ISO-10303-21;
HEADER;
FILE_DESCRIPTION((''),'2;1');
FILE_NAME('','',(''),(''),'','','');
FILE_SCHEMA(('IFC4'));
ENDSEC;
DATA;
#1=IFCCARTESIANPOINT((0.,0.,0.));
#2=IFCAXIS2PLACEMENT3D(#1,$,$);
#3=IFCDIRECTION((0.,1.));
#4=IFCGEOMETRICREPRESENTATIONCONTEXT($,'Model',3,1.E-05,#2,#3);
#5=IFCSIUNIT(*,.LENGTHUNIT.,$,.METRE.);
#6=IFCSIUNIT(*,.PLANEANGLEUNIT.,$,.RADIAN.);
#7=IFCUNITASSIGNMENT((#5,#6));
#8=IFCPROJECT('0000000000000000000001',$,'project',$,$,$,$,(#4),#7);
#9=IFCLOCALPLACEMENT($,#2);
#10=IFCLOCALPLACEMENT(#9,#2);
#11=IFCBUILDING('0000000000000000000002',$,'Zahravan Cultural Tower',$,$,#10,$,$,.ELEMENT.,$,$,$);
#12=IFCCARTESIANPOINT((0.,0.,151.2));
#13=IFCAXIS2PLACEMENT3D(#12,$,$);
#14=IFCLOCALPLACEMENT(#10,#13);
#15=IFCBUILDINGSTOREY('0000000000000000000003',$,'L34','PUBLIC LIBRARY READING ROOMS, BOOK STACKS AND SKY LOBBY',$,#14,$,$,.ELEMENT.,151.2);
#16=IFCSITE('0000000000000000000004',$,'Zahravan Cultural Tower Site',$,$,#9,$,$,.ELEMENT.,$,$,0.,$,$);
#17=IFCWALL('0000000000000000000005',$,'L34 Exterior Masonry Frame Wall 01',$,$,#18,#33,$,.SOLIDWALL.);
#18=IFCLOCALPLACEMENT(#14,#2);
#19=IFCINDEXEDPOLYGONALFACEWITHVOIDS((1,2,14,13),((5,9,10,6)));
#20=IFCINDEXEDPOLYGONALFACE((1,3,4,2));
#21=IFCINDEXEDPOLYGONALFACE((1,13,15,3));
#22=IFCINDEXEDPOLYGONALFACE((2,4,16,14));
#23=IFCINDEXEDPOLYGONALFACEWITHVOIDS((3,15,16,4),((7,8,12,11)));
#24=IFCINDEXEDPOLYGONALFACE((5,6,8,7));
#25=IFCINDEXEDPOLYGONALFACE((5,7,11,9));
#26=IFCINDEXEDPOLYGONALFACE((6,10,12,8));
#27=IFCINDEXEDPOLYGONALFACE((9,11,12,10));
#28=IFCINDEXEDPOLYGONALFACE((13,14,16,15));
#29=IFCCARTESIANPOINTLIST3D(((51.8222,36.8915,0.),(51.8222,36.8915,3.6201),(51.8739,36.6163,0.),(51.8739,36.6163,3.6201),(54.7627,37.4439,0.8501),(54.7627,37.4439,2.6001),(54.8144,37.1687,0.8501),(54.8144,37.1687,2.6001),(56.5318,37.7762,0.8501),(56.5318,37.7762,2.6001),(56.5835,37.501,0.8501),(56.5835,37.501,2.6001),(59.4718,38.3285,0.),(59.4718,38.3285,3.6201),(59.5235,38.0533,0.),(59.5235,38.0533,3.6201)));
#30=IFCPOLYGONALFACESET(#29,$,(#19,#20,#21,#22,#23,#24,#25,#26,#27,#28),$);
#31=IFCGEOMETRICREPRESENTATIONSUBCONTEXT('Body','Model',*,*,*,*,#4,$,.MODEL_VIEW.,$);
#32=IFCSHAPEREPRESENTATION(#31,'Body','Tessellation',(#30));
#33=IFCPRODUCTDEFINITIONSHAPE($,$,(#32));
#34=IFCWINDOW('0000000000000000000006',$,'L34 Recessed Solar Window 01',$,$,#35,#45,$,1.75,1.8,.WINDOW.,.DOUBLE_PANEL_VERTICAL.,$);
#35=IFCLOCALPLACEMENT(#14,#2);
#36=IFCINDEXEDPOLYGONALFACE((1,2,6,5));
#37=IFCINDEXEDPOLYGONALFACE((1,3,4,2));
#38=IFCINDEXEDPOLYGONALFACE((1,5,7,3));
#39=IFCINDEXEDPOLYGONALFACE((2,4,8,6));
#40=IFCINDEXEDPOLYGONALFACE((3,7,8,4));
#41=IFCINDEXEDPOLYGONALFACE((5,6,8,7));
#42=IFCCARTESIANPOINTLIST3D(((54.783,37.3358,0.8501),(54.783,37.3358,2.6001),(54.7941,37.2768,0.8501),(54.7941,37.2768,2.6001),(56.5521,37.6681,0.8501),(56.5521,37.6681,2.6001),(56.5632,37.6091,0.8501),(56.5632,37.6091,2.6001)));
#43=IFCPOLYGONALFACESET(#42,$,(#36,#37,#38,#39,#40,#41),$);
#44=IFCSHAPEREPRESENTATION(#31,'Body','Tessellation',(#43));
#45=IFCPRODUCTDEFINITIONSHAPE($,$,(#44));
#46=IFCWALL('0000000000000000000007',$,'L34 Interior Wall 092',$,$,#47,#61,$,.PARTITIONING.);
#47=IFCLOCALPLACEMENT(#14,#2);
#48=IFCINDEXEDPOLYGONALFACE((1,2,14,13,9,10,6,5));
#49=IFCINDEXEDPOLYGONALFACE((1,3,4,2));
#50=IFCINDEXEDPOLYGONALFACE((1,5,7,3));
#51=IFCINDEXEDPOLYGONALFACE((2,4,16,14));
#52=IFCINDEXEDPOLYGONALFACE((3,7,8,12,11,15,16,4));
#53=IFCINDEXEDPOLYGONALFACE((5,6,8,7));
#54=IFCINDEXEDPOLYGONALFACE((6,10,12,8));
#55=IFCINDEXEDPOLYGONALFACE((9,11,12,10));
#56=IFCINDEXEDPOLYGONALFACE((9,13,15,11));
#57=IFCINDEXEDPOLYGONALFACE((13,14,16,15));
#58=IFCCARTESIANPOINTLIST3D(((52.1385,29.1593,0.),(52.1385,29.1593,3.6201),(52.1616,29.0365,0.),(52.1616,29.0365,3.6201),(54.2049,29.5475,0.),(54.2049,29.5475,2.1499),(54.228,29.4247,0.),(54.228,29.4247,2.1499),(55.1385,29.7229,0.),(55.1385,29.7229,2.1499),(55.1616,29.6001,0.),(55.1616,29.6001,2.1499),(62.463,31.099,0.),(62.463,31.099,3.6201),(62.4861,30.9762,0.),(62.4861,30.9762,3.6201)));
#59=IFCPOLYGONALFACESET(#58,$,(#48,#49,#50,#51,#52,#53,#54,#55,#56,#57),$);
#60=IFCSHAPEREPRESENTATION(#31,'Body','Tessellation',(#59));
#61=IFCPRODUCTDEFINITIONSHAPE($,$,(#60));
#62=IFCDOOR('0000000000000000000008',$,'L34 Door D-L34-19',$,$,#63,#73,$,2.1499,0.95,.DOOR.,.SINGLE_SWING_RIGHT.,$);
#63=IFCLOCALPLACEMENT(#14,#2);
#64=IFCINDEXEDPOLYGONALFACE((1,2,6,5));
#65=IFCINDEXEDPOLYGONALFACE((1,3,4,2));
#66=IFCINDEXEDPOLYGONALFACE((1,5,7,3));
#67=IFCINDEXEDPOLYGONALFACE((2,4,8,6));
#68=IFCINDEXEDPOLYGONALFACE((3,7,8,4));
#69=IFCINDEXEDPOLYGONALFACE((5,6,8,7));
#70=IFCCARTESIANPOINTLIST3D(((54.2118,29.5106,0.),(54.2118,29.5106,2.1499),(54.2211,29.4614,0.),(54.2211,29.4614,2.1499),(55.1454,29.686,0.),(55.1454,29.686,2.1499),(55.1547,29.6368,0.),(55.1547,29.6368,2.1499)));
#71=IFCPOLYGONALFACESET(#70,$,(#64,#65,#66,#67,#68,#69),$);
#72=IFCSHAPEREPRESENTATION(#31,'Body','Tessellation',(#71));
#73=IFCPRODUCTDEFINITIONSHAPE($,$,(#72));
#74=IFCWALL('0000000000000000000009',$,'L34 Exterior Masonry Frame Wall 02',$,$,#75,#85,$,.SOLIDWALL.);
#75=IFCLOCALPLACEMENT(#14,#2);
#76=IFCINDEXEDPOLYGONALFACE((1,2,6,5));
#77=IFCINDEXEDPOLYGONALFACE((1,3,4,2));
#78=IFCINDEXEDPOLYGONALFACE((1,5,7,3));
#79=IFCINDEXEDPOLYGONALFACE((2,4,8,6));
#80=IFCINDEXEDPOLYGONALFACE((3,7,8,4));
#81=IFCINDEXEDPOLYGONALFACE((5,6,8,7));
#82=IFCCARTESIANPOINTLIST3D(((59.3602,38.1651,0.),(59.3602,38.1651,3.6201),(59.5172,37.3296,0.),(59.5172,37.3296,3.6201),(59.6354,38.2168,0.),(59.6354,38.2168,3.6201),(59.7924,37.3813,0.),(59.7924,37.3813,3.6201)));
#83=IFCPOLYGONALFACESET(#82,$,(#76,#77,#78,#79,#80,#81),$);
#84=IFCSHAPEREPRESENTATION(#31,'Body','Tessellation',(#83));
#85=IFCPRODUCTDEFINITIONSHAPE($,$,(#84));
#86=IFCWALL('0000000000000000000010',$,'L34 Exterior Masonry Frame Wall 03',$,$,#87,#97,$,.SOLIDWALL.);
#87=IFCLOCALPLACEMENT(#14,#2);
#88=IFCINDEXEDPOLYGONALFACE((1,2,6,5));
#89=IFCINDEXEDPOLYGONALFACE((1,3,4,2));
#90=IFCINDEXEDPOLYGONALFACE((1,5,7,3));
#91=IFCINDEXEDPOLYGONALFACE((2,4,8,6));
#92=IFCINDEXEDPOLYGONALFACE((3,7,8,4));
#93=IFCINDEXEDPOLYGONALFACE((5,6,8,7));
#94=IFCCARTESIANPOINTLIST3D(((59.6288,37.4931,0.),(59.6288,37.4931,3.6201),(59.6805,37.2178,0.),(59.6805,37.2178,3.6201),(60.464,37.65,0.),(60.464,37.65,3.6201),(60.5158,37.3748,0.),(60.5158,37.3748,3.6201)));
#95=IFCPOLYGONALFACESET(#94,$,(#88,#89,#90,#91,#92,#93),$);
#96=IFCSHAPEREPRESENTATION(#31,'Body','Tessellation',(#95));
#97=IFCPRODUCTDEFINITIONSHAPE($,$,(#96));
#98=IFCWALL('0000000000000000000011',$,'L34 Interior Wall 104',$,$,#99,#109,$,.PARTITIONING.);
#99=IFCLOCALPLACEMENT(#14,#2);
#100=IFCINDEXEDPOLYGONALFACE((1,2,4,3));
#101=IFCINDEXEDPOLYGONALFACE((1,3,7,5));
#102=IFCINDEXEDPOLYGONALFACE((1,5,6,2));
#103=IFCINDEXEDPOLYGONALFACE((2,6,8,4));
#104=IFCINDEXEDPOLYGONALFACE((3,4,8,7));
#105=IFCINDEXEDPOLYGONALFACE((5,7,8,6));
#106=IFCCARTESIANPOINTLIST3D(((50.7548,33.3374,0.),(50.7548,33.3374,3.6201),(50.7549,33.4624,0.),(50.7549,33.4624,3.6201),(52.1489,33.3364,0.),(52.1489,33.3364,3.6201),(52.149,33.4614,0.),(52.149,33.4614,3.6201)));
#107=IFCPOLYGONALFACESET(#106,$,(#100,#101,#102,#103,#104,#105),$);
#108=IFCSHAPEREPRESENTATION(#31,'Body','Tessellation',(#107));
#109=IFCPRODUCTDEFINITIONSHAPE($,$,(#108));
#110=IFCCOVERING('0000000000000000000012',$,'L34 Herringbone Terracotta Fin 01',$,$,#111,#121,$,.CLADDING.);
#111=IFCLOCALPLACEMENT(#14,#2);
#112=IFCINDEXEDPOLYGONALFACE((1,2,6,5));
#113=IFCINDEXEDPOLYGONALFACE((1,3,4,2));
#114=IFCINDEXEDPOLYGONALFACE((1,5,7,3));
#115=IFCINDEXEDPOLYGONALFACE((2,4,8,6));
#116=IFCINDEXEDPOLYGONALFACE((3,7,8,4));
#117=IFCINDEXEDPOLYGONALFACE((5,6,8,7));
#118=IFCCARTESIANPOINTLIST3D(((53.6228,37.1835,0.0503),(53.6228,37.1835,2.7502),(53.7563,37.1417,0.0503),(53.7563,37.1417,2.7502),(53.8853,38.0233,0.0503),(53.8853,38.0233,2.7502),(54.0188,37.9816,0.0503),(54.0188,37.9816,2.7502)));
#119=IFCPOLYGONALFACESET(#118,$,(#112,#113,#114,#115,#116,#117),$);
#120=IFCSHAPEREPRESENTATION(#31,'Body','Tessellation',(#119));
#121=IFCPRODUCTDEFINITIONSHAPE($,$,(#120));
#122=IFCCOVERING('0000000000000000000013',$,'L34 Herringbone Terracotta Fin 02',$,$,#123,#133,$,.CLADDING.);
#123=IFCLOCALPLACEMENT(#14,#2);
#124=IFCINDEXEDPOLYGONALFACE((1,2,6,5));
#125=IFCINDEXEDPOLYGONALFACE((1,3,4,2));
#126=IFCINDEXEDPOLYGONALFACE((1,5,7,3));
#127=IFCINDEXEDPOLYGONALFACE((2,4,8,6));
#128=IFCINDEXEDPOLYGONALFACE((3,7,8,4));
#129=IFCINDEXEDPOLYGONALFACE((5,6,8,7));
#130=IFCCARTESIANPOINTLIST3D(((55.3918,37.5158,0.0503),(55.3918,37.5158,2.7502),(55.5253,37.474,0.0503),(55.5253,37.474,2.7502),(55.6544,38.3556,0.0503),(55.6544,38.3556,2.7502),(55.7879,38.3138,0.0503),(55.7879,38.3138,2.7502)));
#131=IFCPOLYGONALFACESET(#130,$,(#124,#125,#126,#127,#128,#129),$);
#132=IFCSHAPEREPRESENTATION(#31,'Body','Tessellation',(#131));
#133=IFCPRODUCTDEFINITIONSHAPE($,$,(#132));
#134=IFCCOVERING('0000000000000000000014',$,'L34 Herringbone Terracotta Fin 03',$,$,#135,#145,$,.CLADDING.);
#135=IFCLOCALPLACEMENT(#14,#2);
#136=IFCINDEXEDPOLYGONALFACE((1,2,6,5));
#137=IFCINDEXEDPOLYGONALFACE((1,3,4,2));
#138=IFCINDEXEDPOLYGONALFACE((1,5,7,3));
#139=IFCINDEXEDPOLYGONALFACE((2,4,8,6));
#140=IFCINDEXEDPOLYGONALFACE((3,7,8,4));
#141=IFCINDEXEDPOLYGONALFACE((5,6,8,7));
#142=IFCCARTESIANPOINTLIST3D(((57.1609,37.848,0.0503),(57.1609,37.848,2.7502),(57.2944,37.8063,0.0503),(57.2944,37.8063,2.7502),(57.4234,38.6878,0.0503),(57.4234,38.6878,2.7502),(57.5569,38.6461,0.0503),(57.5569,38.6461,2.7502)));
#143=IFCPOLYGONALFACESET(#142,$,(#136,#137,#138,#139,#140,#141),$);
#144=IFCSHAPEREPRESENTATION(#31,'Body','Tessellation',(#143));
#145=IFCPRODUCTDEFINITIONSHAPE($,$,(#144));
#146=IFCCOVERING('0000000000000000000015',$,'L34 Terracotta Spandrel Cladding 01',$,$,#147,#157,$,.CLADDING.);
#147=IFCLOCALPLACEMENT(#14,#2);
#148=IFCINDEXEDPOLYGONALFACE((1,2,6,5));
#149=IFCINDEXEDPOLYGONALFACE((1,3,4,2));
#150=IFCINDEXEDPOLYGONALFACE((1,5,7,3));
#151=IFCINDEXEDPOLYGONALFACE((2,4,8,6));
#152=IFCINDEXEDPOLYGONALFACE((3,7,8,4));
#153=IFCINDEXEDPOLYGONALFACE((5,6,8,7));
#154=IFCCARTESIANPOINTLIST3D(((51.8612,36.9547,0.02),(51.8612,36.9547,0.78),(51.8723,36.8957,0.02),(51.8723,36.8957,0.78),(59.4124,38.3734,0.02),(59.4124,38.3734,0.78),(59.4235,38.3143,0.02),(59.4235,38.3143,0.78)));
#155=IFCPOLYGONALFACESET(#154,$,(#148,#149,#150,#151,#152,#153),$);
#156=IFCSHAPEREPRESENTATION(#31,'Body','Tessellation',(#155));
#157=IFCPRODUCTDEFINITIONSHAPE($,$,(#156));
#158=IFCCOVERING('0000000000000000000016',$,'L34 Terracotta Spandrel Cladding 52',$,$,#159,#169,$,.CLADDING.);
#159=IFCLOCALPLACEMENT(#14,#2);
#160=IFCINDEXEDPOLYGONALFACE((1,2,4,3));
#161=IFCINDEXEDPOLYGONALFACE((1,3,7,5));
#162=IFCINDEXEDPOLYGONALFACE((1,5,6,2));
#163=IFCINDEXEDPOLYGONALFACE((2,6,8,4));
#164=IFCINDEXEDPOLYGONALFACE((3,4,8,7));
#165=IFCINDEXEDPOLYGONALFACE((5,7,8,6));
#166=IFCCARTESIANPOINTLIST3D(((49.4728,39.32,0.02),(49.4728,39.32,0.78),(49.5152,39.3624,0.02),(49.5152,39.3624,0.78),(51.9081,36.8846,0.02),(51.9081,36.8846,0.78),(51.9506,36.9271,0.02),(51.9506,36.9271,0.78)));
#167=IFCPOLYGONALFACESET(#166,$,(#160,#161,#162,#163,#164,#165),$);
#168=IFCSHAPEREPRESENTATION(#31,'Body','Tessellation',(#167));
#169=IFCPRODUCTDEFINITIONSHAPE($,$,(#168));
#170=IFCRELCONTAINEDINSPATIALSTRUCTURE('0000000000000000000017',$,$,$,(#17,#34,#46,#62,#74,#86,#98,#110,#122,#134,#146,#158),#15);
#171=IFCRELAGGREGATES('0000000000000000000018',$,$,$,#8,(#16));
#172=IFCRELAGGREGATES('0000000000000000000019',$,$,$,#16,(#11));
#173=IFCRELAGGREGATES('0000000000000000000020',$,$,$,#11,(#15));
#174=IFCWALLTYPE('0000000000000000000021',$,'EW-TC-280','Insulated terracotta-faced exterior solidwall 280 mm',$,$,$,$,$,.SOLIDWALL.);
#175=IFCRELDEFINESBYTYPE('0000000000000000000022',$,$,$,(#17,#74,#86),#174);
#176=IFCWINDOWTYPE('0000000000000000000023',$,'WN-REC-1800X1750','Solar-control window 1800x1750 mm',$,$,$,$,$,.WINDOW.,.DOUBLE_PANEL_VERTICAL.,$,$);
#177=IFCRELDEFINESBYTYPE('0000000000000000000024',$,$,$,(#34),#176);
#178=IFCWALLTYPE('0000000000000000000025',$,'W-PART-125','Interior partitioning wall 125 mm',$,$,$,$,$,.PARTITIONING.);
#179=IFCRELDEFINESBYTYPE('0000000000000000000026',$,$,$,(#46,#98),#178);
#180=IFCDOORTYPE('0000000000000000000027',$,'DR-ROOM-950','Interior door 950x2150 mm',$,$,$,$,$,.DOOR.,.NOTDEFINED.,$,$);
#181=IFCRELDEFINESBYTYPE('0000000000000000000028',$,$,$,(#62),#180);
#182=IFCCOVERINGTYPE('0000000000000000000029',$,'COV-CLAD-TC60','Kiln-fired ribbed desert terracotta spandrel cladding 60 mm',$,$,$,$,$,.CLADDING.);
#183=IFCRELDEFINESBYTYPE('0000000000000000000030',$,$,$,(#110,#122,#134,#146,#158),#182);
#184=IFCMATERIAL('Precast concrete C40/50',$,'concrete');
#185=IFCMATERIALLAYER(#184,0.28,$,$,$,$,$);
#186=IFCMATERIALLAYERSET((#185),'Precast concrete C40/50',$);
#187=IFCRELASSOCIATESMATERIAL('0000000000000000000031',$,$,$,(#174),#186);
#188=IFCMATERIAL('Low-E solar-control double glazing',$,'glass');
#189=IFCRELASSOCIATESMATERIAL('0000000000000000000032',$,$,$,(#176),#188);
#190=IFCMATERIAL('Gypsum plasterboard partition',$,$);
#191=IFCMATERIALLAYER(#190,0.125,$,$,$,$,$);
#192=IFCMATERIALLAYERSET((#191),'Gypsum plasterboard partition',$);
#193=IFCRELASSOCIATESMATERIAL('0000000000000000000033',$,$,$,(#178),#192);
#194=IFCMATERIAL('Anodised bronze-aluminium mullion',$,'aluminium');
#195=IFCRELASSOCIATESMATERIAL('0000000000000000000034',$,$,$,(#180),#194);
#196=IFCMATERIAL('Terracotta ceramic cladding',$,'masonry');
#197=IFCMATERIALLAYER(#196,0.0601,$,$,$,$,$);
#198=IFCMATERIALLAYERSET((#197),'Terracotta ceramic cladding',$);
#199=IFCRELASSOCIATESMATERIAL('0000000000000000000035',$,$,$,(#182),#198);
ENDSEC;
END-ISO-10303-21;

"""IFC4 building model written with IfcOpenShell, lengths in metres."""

from ifc_helpers import new_model, si_unit, direction, frame, frame_2d, origin, origin_2d, place, context, subcontext, project, spatial, rectangle, extrude, source, transform, mapped, material, layer, layer_set, type_object, element, fill, save


model = new_model("IFC4")

# Units and contexts
model_context = context("Model", 3, precision=1e-05, world=origin(), true_north=direction((0.0, 1.0)))
body_context = subcontext(model_context, "Body", "Model", "MODEL_VIEW")
ifc_project = project(units=[si_unit("LENGTHUNIT", "METRE"), si_unit("PLANEANGLEUNIT", "RADIAN")], contexts=[model_context])

# Site, building, storey
site_placement = place(None, origin())
site = spatial("IfcSite", under=ifc_project, at=site_placement, Name="Zahravan Cultural Tower Site", CompositionType="ELEMENT", RefElevation=0.0)
building_placement = place(site_placement, origin())
building = spatial("IfcBuilding", under=site, at=building_placement, Name="Zahravan Cultural Tower", CompositionType="ELEMENT")
storey_placement = place(building_placement, frame((0.0, 0.0, 151.2)))
storey = spatial("IfcBuildingStorey", under=building, at=storey_placement, Name="L34", Description="PUBLIC LIBRARY READING ROOMS, BOOK STACKS AND SKY LOBBY", CompositionType="ELEMENT", Elevation=151.2)

# Wall, opening, window
ifc_material_1 = material(Name="Precast concrete C40/50", Category="concrete")
ifc_layer_1 = layer(ifc_material_1, 0.28)
ifc_layer_set_1 = layer_set([ifc_layer_1], Name="Precast concrete C40/50")
wall_type_1 = type_object("IfcWallType", Name="EW-TC-280", Description="Insulated terracotta-faced exterior solidwall 280 mm", PredefinedType="SOLIDWALL", material=ifc_layer_set_1)
wall_1_placement = place(storey_placement, frame((51.8481, 36.7539, 0.0), z_axis=(0.0, 0.0, 1.0), x_axis=(0.982809, 0.184624, 0.0)))
wall_1 = element("IfcWall", 1, at=wall_1_placement, inside=storey, type_object=wall_type_1, Name="L34 Exterior Masonry Frame Wall 01", PredefinedType="SOLIDWALL", context=body_context, shape_type="SweptSolid", body=[
    extrude(rectangle(XDim=7.7834, YDim=0.28, at=frame_2d((3.8916, 0.0))), origin(), (0.0, 0.0, 1.0), 3.6201),
])
opening_1_placement = place(wall_1_placement, frame((2.9919, 0.0, 0.8501)))
opening_1 = element("IfcOpeningElement", 2, at=opening_1_placement, cuts=wall_1, PredefinedType="OPENING", context=body_context, shape_type="SweptSolid", body=[
    extrude(rectangle(XDim=1.8, YDim=1.75, at=frame_2d((0.8999, 0.875))), frame((0.0, 0.1499, 0.0), z_axis=(0.0, -1.0, 0.0), x_axis=(1.0, 0.0, 0.0)), (0.0, 0.0, 1.0), 0.3),
])
ifc_material_2 = material(Name="Low-E solar-control double glazing", Category="glass")
window_type = type_object("IfcWindowType", Name="WN-REC-1800X1750", Description="Solar-control window 1800x1750 mm", PartitioningType="DOUBLE_PANEL_VERTICAL", PredefinedType="WINDOW", material=ifc_material_2)
shared_shape_1 = source(origin(), body_context, "Body", "SweptSolid", [
    extrude(rectangle(XDim=1.8, YDim=1.75, at=frame_2d((0.8999, 0.875))), frame((0.0, 0.03, 0.0), z_axis=(0.0, -1.0, 0.0), x_axis=(1.0, 0.0, 0.0)), (0.0, 0.0, 1.0), 0.0601),
])
window_placement = place(opening_1_placement, origin())
window = element("IfcWindow", 3, at=window_placement, inside=storey, type_object=window_type, Name="L34 Recessed Solar Window 01", OverallHeight=1.75, OverallWidth=1.8, PartitioningType="DOUBLE_PANEL_VERTICAL", PredefinedType="WINDOW", context=body_context, shape_type="MappedRepresentation", body=[
    mapped(shared_shape_1, transform((0.0, 0.0, 0.0), x_axis=(1.0, 0.0, 0.0), y_axis=(0.0, 1.0, 0.0), z_axis=(0.0, 0.0, 1.0), scale=1.0)),
])
fill(opening_1, window)

# Wall, opening, door
ifc_material_3 = material(Name="Gypsum plasterboard partition")
ifc_layer_2 = layer(ifc_material_3, 0.125)
ifc_layer_set_2 = layer_set([ifc_layer_2], Name="Gypsum plasterboard partition")
wall_type_2 = type_object("IfcWallType", Name="W-PART-125", Description="Interior partitioning wall 125 mm", PredefinedType="PARTITIONING", material=ifc_layer_set_2)
wall_2_placement = place(storey_placement, frame((52.1501, 29.0979, 0.0), z_axis=(0.0, 0.0, 1.0), x_axis=(0.982806, 0.184644, 0.0)))
wall_2 = element("IfcWall", 4, at=wall_2_placement, inside=storey, type_object=wall_type_2, Name="L34 Interior Wall 092", PredefinedType="PARTITIONING", context=body_context, shape_type="SweptSolid", body=[
    extrude(rectangle(XDim=10.5051, YDim=0.125, at=frame_2d((5.2524, 0.0))), origin(), (0.0, 0.0, 1.0), 3.6201),
])
opening_2_placement = place(wall_2_placement, frame((2.1023, 0.0, 0.0)))
opening_2 = element("IfcOpeningElement", 5, at=opening_2_placement, cuts=wall_2, PredefinedType="OPENING", context=body_context, shape_type="SweptSolid", body=[
    extrude(rectangle(XDim=0.95, YDim=2.1499, at=frame_2d((0.4751, 1.075))), frame((0.0, 0.0725, 0.0), z_axis=(0.0, -1.0, 0.0), x_axis=(1.0, 0.0, 0.0)), (0.0, 0.0, 1.0), 0.145),
])
ifc_material_4 = material(Name="Anodised bronze-aluminium mullion", Category="aluminium")
door_type = type_object("IfcDoorType", Name="DR-ROOM-950", Description="Interior door 950x2150 mm", OperationType="NOTDEFINED", PredefinedType="DOOR", material=ifc_material_4)
shared_shape_2 = source(origin(), body_context, "Body", "SweptSolid", [
    extrude(rectangle(XDim=0.95, YDim=2.1499, at=frame_2d((0.4751, 1.075))), frame((0.0, 0.0249, 0.0), z_axis=(0.0, -1.0, 0.0), x_axis=(1.0, 0.0, 0.0)), (0.0, 0.0, 1.0), 0.05),
])
door_1_placement = place(opening_2_placement, origin())
door_1 = element("IfcDoor", 6, at=door_1_placement, inside=storey, type_object=door_type, Name="L34 Door D-L34-19", OperationType="SINGLE_SWING_RIGHT", OverallHeight=2.1499, OverallWidth=0.95, PredefinedType="DOOR", context=body_context, shape_type="MappedRepresentation", body=[
    mapped(shared_shape_2, transform((0.0, 0.0, 0.0), x_axis=(1.0, 0.0, 0.0), y_axis=(0.0, 1.0, 0.0), z_axis=(0.0, 0.0, 1.0), scale=1.0)),
])
fill(opening_2, door_1)

# Walls
shared_shape_3 = source(origin(), body_context, "Body", "SweptSolid", [
    extrude(rectangle(XDim=0.8501, YDim=0.28, at=frame_2d((0.425, 0.0))), origin(), (0.0, 0.0, 1.0), 3.6201),
])
wall_3_placement = place(storey_placement, frame((59.4978, 38.1909, 0.0), z_axis=(0.0, 0.0, 1.0), x_axis=(0.18467, -0.982801, 0.0)))
element("IfcWall", 7, at=wall_3_placement, inside=storey, type_object=wall_type_1, Name="L34 Exterior Masonry Frame Wall 02", PredefinedType="SOLIDWALL", context=body_context, shape_type="MappedRepresentation", body=[
    mapped(shared_shape_3, transform((0.0, 0.0, 0.0), x_axis=(1.0, 0.0, 0.0), y_axis=(0.0, 1.0, 0.0), z_axis=(0.0, 0.0, 1.0), scale=1.0)),
])
shared_shape_4 = source(origin(), body_context, "Body", "SweptSolid", [
    extrude(rectangle(XDim=0.8499, YDim=0.28, at=frame_2d((0.4248, 0.0))), origin(), (0.0, 0.0, 1.0), 3.6201),
])
wall_4_placement = place(storey_placement, frame((59.6548, 37.3555, 0.0), z_axis=(0.0, 0.0, 1.0), x_axis=(0.982791, 0.184722, 0.0)))
element("IfcWall", 8, at=wall_4_placement, inside=storey, type_object=wall_type_1, Name="L34 Exterior Masonry Frame Wall 03", PredefinedType="SOLIDWALL", context=body_context, shape_type="MappedRepresentation", body=[
    mapped(shared_shape_4, transform((0.0, 0.0, 0.0), x_axis=(1.0, 0.0, 0.0), y_axis=(0.0, 1.0, 0.0), z_axis=(0.0, 0.0, 1.0), scale=1.0)),
])
shared_shape_5 = source(origin(), body_context, "Body", "SweptSolid", [
    extrude(rectangle(XDim=1.394, YDim=0.125, at=frame_2d((0.697, 0.0))), origin(), (0.0, 0.0, 1.0), 3.6201),
])
wall_5_placement = place(storey_placement, frame((52.1489, 33.3989, 0.0), z_axis=(0.0, 0.0, 1.0), x_axis=(-1.0, 0.000701, 0.0)))
element("IfcWall", 9, at=wall_5_placement, inside=storey, type_object=wall_type_2, Name="L34 Interior Wall 104", PredefinedType="PARTITIONING", context=body_context, shape_type="MappedRepresentation", body=[
    mapped(shared_shape_5, transform((0.0, 0.0, 0.0), x_axis=(1.0, 0.0, 0.0), y_axis=(0.0, 1.0, 0.0), z_axis=(0.0, 0.0, 1.0), scale=1.0)),
])

# Coverings
ifc_material_5 = material(Name="Terracotta ceramic cladding", Category="masonry")
ifc_layer_3 = layer(ifc_material_5, 0.0601)
ifc_layer_set_3 = layer_set([ifc_layer_3], Name="Terracotta ceramic cladding")
covering_type = type_object("IfcCoveringType", Name="COV-CLAD-TC60", Description="Kiln-fired ribbed desert terracotta spandrel cladding 60 mm", PredefinedType="CLADDING", material=ifc_layer_set_3)
shared_shape_6 = source(origin(), body_context, "Body", "SweptSolid", [
    extrude(rectangle(XDim=0.8799, YDim=0.1399, at=origin_2d()), origin(), (0.0, 0.0, 1.0), 2.7),
])
for number, where, z_axis, x_axis, name in (
    (10, (53.8208, 37.5825, 0.0503), (0.0, 0.0, 1.0), (0.298375, 0.954449, 0.0), "L34 Herringbone Terracotta Fin 01"),
    (11, (55.5898, 37.9148, 0.0503), (0.0, 0.0, 1.0), (0.298375, 0.954449, 0.0), "L34 Herringbone Terracotta Fin 02"),
    (12, (57.3589, 38.2471, 0.0503), (0.0, 0.0, 1.0), (0.298375, 0.954449, 0.0), "L34 Herringbone Terracotta Fin 03"),
):
    element("IfcCovering", number, at=place(storey_placement, frame(where, z_axis=z_axis, x_axis=x_axis)), inside=storey, type_object=covering_type, Name=name, PredefinedType="CLADDING", context=body_context, shape_type="MappedRepresentation", body=[
        mapped(shared_shape_6, transform((0.0, 0.0, 0.0), x_axis=(1.0, 0.0, 0.0), y_axis=(0.0, 1.0, 0.0), z_axis=(0.0, 0.0, 1.0), scale=1.0)),
    ])
shared_shape_7 = source(origin(), body_context, "Body", "SweptSolid", [
    extrude(rectangle(XDim=7.6833, YDim=0.0601, at=origin_2d()), origin(), (0.0, 0.0, 1.0), 0.76),
])
covering_1_placement = place(storey_placement, frame((55.6423, 37.6345, 0.02), z_axis=(0.0, 0.0, 1.0), x_axis=(0.982807, 0.184638, 0.0)))
element("IfcCovering", 13, at=covering_1_placement, inside=storey, type_object=covering_type, Name="L34 Terracotta Spandrel Cladding 01", PredefinedType="CLADDING", context=body_context, shape_type="MappedRepresentation", body=[
    mapped(shared_shape_7, transform((0.0, 0.0, 0.0), x_axis=(1.0, 0.0, 0.0), y_axis=(0.0, 1.0, 0.0), z_axis=(0.0, 0.0, 1.0), scale=1.0)),
])
shared_shape_8 = source(origin(), body_context, "Body", "SweptSolid", [
    extrude(rectangle(XDim=3.4441, YDim=0.0601, at=origin_2d()), origin(), (0.0, 0.0, 1.0), 0.76),
])
covering_2_placement = place(storey_placement, frame((50.7117, 38.1235, 0.02), z_axis=(0.0, 0.0, 1.0), x_axis=(0.707107, -0.707107, 0.0)))
element("IfcCovering", 14, at=covering_2_placement, inside=storey, type_object=covering_type, Name="L34 Terracotta Spandrel Cladding 52", PredefinedType="CLADDING", context=body_context, shape_type="MappedRepresentation", body=[
    mapped(shared_shape_8, transform((0.0, 0.0, 0.0), x_axis=(1.0, 0.0, 0.0), y_axis=(0.0, 1.0, 0.0), z_axis=(0.0, 0.0, 1.0), scale=1.0)),
])

save(model, "model.ifc")
